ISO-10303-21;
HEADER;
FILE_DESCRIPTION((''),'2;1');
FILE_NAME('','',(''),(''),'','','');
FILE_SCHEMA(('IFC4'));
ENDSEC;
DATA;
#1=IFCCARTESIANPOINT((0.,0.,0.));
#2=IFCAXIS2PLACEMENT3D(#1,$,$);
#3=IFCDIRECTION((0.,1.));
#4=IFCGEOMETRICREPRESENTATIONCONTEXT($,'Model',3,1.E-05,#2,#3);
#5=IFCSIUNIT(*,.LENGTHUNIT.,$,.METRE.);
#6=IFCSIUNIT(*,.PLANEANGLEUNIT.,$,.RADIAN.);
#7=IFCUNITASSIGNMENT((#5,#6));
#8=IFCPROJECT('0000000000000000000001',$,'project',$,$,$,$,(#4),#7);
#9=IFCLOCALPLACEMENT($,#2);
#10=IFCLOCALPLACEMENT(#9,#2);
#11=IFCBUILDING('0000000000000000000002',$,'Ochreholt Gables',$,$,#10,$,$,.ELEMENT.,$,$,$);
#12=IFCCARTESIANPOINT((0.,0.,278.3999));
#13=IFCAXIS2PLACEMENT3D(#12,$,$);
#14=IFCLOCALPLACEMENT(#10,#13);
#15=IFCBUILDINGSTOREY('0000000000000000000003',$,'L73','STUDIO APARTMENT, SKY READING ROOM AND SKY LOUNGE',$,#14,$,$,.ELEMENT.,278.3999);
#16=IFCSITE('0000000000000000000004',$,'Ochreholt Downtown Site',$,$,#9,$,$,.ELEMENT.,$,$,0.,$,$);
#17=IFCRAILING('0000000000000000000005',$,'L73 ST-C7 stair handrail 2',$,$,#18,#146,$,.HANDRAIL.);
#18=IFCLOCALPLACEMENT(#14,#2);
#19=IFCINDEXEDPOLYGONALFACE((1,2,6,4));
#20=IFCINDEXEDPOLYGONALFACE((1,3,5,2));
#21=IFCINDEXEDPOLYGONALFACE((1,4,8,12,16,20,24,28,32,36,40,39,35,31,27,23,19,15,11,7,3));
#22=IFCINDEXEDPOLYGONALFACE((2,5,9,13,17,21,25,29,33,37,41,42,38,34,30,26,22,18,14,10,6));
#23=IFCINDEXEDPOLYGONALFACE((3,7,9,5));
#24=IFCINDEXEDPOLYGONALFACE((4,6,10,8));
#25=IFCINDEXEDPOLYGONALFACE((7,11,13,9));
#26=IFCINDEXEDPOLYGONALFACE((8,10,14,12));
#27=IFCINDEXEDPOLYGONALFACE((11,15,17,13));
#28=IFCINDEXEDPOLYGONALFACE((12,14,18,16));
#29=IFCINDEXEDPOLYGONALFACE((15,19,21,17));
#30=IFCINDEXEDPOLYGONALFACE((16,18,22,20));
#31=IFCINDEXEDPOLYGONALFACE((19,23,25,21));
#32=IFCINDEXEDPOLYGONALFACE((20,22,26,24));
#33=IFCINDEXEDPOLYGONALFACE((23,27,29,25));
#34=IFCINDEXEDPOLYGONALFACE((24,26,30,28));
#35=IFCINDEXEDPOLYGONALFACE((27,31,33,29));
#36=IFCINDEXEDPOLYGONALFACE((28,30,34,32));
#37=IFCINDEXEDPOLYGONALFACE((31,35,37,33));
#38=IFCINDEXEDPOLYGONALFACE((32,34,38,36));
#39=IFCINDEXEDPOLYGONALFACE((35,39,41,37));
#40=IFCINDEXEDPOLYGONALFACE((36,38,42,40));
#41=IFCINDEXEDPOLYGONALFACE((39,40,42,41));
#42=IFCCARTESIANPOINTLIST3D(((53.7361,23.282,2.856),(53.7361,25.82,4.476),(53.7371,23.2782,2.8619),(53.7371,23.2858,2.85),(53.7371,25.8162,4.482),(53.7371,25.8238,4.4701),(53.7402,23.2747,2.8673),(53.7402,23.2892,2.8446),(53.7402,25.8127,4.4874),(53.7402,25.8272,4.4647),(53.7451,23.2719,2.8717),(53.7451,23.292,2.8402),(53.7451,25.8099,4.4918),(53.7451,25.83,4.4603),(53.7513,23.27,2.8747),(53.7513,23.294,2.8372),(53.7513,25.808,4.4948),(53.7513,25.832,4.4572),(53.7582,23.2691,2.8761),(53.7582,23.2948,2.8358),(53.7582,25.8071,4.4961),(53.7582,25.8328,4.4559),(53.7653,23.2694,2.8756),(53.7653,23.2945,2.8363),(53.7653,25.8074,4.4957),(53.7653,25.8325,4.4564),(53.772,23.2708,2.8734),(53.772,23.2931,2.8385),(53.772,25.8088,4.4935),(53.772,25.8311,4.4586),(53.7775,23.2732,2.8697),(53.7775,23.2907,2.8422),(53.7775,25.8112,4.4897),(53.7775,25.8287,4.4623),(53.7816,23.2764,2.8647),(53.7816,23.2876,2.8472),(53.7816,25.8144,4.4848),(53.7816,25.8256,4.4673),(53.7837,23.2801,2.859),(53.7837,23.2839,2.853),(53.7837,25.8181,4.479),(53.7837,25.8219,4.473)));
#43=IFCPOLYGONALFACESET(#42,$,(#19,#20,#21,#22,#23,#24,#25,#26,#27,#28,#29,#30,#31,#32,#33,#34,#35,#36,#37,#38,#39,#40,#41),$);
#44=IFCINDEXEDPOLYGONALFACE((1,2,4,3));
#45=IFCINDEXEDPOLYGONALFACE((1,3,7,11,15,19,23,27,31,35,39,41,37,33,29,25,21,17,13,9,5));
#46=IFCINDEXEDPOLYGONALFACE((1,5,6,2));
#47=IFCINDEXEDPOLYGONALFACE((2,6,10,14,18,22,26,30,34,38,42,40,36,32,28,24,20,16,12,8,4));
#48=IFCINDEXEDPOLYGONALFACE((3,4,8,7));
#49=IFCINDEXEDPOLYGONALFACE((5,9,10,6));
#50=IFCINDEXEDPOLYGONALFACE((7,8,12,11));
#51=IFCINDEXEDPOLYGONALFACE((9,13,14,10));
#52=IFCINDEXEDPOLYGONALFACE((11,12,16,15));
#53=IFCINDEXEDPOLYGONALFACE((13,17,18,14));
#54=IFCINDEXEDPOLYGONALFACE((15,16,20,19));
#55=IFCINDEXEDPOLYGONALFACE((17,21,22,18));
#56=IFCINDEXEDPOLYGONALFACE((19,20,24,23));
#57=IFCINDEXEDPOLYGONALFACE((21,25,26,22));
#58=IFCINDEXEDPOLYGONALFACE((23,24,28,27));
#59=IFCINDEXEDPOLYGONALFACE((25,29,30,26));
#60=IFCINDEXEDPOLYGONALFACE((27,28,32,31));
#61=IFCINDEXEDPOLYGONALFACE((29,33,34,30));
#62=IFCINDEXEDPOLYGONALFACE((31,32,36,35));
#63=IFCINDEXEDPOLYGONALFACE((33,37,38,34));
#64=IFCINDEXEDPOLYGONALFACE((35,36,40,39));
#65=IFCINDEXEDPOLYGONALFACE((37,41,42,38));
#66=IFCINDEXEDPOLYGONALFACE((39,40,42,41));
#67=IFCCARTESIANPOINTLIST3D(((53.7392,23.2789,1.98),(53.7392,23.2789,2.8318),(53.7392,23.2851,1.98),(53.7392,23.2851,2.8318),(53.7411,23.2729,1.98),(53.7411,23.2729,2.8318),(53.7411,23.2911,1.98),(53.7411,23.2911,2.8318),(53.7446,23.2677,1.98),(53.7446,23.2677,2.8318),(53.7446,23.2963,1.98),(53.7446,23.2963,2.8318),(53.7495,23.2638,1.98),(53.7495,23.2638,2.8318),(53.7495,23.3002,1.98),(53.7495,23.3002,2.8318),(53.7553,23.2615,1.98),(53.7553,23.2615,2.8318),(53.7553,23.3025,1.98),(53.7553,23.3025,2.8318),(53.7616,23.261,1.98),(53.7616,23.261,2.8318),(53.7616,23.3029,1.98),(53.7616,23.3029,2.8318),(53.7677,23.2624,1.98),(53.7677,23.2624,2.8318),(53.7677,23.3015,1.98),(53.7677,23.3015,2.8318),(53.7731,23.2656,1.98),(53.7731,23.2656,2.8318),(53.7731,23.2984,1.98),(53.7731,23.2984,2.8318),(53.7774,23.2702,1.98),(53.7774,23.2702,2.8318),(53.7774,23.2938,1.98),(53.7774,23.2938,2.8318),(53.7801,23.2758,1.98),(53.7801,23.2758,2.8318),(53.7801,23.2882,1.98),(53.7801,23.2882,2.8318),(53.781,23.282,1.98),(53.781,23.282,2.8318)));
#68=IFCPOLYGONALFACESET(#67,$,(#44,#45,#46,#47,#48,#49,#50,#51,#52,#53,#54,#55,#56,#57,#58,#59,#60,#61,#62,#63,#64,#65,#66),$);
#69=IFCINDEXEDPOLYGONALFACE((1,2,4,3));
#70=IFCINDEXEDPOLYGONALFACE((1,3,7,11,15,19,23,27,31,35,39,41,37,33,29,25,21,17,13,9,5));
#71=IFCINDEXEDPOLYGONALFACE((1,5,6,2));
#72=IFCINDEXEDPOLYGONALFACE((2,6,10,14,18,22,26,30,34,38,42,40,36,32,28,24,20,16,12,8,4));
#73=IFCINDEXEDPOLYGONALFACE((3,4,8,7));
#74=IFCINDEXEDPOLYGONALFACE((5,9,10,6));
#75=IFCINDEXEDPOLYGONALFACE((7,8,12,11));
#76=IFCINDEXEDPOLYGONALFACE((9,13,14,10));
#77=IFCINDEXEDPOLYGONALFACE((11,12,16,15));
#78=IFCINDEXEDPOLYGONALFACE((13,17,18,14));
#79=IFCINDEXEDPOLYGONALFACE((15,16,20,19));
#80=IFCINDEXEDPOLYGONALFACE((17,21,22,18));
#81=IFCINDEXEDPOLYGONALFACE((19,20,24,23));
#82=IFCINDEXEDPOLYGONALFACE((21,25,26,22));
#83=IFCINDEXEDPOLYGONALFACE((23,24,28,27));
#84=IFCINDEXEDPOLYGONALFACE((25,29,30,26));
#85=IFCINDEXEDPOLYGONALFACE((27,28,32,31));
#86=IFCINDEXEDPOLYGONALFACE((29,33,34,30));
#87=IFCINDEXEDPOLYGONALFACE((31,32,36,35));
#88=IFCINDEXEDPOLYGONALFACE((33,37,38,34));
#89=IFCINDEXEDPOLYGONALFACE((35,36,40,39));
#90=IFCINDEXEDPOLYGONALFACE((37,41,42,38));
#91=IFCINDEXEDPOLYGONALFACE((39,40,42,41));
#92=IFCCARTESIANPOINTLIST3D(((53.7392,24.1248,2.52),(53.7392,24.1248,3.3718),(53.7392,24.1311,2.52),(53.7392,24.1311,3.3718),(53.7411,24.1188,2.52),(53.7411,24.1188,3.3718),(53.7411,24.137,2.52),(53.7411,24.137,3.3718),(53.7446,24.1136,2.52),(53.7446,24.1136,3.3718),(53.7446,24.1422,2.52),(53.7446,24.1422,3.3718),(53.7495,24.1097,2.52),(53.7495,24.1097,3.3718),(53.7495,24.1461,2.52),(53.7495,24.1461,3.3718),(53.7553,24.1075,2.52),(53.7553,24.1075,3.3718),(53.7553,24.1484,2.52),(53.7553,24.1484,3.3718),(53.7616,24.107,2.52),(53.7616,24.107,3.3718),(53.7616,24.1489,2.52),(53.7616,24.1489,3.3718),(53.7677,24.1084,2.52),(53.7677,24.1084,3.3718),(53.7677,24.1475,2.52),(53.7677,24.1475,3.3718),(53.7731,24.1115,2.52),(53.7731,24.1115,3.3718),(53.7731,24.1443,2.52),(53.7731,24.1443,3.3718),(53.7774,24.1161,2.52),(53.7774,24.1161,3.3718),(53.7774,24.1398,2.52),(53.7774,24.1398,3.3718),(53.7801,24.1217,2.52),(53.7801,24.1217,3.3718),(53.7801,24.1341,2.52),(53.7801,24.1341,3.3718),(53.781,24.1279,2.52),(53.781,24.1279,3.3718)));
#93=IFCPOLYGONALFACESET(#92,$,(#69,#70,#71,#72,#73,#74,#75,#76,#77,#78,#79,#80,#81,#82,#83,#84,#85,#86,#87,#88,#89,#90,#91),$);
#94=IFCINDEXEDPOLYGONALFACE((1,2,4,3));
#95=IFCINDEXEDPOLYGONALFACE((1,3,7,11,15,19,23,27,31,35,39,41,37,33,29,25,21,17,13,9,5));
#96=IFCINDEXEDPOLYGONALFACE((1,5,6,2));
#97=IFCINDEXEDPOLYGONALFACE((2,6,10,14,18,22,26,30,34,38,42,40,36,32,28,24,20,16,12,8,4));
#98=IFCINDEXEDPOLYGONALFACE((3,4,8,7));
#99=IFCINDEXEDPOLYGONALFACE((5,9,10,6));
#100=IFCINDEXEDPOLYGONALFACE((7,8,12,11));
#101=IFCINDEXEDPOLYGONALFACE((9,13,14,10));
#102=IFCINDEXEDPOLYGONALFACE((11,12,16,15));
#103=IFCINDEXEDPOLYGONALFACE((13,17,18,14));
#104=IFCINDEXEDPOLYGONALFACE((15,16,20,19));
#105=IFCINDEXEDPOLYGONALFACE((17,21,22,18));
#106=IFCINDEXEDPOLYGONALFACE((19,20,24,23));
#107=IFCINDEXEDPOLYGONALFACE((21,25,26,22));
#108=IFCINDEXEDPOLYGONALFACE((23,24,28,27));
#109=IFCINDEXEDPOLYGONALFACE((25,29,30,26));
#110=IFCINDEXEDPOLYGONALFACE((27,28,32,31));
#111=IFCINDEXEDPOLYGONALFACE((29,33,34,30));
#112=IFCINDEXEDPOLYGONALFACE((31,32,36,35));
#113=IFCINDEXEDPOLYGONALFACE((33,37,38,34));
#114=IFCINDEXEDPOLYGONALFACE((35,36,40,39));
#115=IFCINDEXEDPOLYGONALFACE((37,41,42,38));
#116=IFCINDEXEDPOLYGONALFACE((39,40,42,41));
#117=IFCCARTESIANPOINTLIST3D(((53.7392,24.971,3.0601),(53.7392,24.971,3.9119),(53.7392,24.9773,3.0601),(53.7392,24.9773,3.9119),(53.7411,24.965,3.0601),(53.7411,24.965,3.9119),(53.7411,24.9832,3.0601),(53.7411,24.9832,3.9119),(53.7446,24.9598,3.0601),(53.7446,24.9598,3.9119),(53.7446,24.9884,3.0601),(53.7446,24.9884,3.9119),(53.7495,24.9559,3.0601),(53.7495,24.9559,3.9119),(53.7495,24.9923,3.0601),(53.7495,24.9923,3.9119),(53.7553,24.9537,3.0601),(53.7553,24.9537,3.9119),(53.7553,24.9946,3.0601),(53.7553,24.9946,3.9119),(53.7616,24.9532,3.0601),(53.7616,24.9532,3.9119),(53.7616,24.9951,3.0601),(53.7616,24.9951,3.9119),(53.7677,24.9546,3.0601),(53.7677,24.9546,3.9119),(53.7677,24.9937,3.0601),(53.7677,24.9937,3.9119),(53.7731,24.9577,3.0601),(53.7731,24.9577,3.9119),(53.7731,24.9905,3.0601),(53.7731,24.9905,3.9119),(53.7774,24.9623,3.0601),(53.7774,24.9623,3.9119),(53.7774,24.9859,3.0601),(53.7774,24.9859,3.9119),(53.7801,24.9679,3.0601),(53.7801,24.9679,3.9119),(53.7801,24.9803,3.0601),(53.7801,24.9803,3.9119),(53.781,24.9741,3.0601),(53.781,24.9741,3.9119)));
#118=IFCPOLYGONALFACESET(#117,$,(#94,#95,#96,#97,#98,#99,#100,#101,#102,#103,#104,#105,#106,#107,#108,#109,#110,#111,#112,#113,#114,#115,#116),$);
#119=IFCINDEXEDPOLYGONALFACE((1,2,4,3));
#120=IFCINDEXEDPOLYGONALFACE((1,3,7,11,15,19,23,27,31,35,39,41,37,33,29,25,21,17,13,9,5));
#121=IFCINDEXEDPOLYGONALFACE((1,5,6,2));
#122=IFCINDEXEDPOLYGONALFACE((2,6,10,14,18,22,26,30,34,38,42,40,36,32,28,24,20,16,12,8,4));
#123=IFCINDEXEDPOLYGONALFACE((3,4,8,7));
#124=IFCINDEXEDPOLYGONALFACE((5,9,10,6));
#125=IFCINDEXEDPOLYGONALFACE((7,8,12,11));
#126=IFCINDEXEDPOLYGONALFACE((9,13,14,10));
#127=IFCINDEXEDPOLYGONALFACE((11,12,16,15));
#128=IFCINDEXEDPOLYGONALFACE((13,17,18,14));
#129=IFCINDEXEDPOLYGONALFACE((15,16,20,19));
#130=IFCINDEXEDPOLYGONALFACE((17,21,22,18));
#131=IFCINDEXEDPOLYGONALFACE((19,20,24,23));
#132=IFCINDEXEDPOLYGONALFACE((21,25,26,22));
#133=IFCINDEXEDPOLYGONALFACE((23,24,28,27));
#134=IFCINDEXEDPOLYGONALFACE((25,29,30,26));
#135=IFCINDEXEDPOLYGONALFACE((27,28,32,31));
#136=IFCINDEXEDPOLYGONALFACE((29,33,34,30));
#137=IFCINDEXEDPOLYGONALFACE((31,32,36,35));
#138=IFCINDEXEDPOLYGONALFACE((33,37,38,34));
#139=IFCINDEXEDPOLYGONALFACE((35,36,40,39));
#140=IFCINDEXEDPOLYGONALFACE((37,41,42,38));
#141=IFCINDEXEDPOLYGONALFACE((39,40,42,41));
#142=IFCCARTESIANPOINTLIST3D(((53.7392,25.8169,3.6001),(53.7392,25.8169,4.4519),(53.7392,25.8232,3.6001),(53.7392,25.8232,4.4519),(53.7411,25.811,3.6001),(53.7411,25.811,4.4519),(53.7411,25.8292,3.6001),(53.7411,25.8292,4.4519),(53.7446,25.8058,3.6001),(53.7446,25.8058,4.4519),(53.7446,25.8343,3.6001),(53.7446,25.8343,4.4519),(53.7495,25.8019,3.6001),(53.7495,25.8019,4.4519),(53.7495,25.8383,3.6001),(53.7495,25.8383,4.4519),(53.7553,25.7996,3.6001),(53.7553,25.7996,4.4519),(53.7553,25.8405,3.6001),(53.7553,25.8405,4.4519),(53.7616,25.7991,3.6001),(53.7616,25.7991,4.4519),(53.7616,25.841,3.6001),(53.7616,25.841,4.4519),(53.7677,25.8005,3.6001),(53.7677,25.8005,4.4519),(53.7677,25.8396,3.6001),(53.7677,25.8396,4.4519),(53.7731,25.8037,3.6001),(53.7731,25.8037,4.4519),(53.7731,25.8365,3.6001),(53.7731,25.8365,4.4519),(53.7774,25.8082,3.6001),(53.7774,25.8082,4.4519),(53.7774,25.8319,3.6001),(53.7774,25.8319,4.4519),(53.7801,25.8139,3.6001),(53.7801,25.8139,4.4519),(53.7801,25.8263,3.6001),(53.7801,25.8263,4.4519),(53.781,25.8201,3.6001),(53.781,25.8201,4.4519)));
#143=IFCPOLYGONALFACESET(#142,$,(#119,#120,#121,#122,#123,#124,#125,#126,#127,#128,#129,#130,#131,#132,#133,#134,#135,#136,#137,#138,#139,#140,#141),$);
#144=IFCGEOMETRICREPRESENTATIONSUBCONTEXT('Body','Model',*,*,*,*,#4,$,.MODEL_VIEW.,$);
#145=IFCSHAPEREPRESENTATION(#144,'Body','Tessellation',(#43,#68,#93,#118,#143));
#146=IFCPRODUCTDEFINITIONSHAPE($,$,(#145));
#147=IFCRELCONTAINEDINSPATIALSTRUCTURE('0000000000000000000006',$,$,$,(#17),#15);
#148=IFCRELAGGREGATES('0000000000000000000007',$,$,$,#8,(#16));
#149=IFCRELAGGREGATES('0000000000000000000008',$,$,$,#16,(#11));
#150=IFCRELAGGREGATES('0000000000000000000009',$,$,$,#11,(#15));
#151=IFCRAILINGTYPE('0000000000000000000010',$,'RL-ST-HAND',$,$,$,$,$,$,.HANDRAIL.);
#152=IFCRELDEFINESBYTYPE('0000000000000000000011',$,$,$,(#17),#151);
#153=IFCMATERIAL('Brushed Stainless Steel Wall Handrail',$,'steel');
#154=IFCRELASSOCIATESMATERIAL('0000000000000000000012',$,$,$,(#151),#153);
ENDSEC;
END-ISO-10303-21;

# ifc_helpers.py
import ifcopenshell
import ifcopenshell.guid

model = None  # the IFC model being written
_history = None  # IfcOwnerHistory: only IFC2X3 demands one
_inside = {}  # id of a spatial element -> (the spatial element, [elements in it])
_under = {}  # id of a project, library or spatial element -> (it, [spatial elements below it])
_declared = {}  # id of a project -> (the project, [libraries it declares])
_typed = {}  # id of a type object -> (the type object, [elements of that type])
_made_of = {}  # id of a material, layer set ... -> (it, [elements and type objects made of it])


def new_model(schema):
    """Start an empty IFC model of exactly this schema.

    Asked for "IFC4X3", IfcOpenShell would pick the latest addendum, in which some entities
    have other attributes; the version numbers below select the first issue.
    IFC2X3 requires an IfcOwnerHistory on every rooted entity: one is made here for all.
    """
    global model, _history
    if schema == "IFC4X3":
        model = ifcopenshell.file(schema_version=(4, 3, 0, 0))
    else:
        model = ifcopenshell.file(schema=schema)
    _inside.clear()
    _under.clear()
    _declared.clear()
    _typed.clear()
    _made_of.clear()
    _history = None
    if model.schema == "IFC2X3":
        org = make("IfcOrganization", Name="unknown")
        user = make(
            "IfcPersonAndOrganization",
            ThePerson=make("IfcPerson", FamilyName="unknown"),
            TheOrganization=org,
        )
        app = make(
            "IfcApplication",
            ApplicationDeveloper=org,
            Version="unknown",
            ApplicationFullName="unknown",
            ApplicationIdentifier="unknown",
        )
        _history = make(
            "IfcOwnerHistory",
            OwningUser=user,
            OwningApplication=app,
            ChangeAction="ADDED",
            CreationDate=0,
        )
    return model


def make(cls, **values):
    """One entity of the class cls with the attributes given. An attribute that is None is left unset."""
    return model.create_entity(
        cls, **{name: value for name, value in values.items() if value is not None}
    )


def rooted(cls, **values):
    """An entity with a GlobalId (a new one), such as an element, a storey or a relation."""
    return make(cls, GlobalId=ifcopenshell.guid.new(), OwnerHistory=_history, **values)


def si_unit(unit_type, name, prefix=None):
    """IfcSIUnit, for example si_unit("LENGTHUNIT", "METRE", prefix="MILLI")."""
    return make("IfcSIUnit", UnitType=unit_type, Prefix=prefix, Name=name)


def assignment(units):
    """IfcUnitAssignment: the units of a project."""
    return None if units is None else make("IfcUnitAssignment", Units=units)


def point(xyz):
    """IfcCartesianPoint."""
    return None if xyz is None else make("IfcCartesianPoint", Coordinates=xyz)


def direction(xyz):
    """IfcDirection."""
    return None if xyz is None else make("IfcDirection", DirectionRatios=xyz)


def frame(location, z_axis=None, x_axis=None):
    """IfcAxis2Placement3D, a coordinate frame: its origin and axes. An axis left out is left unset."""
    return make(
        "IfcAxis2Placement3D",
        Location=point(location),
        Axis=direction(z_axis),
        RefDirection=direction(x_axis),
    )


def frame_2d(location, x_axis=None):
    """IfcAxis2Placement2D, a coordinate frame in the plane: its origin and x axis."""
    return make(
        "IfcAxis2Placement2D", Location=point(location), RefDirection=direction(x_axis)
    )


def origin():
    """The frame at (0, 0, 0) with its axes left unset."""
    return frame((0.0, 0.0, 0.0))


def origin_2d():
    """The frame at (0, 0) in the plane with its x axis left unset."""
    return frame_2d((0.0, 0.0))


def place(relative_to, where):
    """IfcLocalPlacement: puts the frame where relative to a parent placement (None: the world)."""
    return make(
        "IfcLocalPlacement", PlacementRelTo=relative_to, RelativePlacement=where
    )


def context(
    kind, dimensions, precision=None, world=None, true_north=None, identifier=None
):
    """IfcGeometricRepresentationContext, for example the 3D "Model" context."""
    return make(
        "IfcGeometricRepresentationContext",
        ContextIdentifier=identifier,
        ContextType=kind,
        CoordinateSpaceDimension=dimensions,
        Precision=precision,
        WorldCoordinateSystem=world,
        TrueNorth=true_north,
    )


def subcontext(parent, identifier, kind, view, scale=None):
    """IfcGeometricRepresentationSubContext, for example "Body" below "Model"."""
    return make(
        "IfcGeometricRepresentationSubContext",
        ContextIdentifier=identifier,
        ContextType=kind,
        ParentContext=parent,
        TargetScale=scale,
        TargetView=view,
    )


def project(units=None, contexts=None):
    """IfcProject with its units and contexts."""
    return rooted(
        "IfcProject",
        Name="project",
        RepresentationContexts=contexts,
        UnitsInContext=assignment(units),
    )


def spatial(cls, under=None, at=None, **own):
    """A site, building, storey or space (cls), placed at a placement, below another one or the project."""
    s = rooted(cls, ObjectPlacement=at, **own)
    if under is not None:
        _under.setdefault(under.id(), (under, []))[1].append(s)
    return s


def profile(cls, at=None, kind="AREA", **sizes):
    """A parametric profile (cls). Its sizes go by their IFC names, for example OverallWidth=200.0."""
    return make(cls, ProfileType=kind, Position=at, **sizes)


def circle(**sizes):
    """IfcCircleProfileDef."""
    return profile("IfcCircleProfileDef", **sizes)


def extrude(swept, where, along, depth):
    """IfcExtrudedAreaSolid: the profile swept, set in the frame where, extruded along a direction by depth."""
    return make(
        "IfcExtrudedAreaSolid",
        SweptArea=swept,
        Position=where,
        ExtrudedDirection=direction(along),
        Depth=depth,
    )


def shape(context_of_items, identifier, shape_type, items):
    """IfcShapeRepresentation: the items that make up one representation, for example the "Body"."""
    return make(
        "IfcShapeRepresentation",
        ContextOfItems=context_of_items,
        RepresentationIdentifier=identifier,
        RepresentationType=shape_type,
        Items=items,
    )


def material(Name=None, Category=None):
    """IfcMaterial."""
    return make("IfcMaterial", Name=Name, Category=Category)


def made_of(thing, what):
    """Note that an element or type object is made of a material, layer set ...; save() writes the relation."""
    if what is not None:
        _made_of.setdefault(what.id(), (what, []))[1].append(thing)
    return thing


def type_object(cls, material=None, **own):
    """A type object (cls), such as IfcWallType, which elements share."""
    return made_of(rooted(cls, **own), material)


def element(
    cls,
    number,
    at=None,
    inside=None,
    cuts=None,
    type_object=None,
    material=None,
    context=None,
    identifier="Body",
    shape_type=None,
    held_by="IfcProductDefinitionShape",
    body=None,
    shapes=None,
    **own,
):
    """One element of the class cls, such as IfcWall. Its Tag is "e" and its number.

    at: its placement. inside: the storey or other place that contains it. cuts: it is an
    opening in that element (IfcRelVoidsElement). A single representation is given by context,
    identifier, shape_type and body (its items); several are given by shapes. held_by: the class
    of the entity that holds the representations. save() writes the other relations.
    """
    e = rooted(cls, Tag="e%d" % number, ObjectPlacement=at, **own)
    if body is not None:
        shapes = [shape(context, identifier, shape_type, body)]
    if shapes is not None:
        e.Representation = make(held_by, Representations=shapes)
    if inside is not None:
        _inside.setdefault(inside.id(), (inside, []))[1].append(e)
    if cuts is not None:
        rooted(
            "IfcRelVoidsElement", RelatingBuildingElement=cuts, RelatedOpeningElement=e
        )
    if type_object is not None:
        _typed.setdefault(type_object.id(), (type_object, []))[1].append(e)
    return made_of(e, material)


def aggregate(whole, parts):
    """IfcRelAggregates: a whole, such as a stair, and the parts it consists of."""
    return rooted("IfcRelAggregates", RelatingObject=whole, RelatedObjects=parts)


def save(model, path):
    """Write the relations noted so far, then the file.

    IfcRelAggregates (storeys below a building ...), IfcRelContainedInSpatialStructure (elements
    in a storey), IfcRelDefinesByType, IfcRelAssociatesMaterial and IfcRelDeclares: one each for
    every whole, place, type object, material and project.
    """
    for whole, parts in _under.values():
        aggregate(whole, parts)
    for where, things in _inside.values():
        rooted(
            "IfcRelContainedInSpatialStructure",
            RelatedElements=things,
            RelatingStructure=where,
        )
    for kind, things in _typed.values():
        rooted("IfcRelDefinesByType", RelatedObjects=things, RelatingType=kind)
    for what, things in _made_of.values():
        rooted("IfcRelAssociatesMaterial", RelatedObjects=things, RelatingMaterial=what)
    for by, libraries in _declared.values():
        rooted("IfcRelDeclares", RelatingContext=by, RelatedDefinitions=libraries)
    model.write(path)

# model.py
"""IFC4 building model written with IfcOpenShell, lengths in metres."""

from ifc_helpers import new_model, si_unit, direction, frame, origin, origin_2d, place, context, subcontext, project, spatial, circle, extrude, material, type_object, element, save


model = new_model("IFC4")

# Units and contexts
model_context = context("Model", 3, precision=1e-05, world=origin(), true_north=direction((0.0, 1.0)))
body_context = subcontext(model_context, "Body", "Model", "MODEL_VIEW")
ifc_project = project(units=[si_unit("LENGTHUNIT", "METRE"), si_unit("PLANEANGLEUNIT", "RADIAN")], contexts=[model_context])

# Site, building, storey
site_placement = place(None, origin())
site = spatial("IfcSite", under=ifc_project, at=site_placement, Name="Ochreholt Downtown Site", CompositionType="ELEMENT", RefElevation=0.0)
building_placement = place(site_placement, origin())
building = spatial("IfcBuilding", under=site, at=building_placement, Name="Ochreholt Gables", CompositionType="ELEMENT")
storey_placement = place(building_placement, frame((0.0, 0.0, 278.3999)))
storey = spatial("IfcBuildingStorey", under=building, at=storey_placement, Name="L73", Description="STUDIO APARTMENT, SKY READING ROOM AND SKY LOUNGE", CompositionType="ELEMENT", Elevation=278.3999)

# Railing
ifc_material_1 = material(Name="Brushed Stainless Steel Wall Handrail", Category="steel")
railing_type_1 = type_object("IfcRailingType", Name="RL-ST-HAND", PredefinedType="HANDRAIL", material=ifc_material_1)
railing_1_placement = place(storey_placement, frame((53.76, 23.282, 1.98)))
element("IfcRailing", 1, at=railing_1_placement, inside=storey, type_object=railing_type_1, Name="L73 ST-C7 stair handrail 2", PredefinedType="HANDRAIL", context=body_context, shape_type="SweptSolid", body=[
    extrude(circle(Radius=0.0239, at=origin_2d()), frame((0.0, 0.0, 0.876), z_axis=(0.0, 0.842913, 0.53805), x_axis=(-1.0, 0.0, 0.0)), (0.0, 0.0, 1.0), 3.011),
    extrude(circle(Radius=0.021, at=origin_2d()), origin(), (0.0, 0.0, 1.0), 0.8518),
    extrude(circle(Radius=0.021, at=origin_2d()), frame((0.0, 0.8459, 0.54)), (0.0, 0.0, 1.0), 0.8518),
    extrude(circle(Radius=0.021, at=origin_2d()), frame((0.0, 1.6921, 1.0801)), (0.0, 0.0, 1.0), 0.8518),
    extrude(circle(Radius=0.021, at=origin_2d()), frame((0.0, 2.5381, 1.6201)), (0.0, 0.0, 1.0), 0.8518),
])

save(model, "model.ifc")
